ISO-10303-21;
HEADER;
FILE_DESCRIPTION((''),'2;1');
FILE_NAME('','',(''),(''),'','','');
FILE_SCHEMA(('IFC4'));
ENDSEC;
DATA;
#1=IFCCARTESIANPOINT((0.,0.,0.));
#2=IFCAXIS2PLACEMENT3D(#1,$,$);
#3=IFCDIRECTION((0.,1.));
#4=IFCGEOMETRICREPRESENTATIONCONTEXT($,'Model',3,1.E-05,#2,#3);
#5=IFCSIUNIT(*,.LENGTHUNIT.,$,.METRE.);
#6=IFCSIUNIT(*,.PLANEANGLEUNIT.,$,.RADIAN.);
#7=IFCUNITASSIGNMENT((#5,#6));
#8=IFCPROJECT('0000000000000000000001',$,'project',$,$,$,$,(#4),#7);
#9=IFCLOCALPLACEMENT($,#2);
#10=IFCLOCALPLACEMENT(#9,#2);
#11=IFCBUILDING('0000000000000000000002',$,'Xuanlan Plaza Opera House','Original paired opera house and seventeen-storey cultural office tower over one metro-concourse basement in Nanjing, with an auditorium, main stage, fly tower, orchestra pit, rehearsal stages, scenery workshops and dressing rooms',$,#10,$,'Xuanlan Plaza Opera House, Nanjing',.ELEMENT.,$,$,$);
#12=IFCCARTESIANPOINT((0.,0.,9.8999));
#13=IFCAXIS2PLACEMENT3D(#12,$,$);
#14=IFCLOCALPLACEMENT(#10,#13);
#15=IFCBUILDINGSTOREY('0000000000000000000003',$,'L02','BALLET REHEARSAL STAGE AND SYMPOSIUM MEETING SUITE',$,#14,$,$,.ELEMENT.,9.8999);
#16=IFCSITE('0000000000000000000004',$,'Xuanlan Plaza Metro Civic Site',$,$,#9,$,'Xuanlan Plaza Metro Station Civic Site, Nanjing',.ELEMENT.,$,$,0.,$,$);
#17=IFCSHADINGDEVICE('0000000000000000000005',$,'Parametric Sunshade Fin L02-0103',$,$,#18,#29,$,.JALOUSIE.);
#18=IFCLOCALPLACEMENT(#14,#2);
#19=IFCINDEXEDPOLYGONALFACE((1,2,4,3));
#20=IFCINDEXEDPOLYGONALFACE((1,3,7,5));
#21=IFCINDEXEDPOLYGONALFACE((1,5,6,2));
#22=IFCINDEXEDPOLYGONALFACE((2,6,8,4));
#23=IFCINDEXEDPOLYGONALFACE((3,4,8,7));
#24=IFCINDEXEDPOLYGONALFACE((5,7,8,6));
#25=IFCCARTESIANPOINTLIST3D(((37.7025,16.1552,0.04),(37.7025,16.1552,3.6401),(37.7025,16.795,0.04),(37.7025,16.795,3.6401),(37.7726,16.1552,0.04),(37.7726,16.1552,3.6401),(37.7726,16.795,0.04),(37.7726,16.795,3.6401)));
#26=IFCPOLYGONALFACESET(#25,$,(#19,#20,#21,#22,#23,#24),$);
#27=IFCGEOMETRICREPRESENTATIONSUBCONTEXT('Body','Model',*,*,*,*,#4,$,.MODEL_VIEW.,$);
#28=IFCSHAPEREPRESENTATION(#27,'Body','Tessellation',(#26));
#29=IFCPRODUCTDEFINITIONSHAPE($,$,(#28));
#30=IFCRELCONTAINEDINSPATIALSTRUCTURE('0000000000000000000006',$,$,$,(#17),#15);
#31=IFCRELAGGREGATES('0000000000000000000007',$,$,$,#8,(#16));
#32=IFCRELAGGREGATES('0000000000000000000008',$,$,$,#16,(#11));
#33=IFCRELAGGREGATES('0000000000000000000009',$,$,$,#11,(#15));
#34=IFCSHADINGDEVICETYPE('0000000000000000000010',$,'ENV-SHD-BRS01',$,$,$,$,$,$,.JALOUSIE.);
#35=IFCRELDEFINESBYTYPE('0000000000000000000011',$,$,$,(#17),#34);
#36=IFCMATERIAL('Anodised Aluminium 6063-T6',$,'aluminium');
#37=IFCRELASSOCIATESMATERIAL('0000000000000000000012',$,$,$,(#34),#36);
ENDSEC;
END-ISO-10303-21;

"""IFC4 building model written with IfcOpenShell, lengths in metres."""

from ifc_helpers import new_model, si_unit, direction, frame, origin, origin_2d, place, context, subcontext, project, spatial, rectangle, extrude, material, type_object, element, save


model = new_model("IFC4")

# Units and contexts
model_context = context("Model", 3, precision=1e-05, world=origin(), true_north=direction((0.0, 1.0)))
body_context = subcontext(model_context, "Body", "Model", "MODEL_VIEW")
ifc_project = project(units=[si_unit("LENGTHUNIT", "METRE"), si_unit("PLANEANGLEUNIT", "RADIAN")], contexts=[model_context])

# Site, building, storey
site_placement = place(None, origin())
site = spatial("IfcSite", under=ifc_project, at=site_placement, Name="Xuanlan Plaza Metro Civic Site", LongName="Xuanlan Plaza Metro Station Civic Site, Nanjing", CompositionType="ELEMENT", RefElevation=0.0)
building_placement = place(site_placement, origin())
building = spatial("IfcBuilding", under=site, at=building_placement, Name="Xuanlan Plaza Opera House", Description="Original paired opera house and seventeen-storey cultural office tower over one metro-concourse basement in Nanjing, with an auditorium, main stage, fly tower, orchestra pit, rehearsal stages, scenery workshops and dressing rooms", LongName="Xuanlan Plaza Opera House, Nanjing", CompositionType="ELEMENT")
storey_placement = place(building_placement, frame((0.0, 0.0, 9.8999)))
storey = spatial("IfcBuildingStorey", under=building, at=storey_placement, Name="L02", Description="BALLET REHEARSAL STAGE AND SYMPOSIUM MEETING SUITE", CompositionType="ELEMENT", Elevation=9.8999)

# Shared definitions
ifc_material_1 = material(Name="Anodised Aluminium 6063-T6", Category="aluminium")

# Shading device
shading_device_type = type_object("IfcShadingDeviceType", Name="ENV-SHD-BRS01", PredefinedType="JALOUSIE", material=ifc_material_1)
for number, where, z_axis, x_axis, name in (
    (1, (37.7375, 16.4751, 0.04), (0.0, 0.0, 1.0), (0.0, -1.0, 0.0), "Parametric Sunshade Fin L02-0103"),
):
    element("IfcShadingDevice", number, at=place(storey_placement, frame(where, z_axis=z_axis, x_axis=x_axis)), inside=storey, type_object=shading_device_type, Name=name, PredefinedType="JALOUSIE", context=body_context, shape_type="SweptSolid", body=[
        extrude(rectangle(XDim=0.6399, YDim=0.0701, at=origin_2d()), origin(), (0.0, 0.0, 1.0), 3.6001),
    ])

save(model, "model.ifc")
